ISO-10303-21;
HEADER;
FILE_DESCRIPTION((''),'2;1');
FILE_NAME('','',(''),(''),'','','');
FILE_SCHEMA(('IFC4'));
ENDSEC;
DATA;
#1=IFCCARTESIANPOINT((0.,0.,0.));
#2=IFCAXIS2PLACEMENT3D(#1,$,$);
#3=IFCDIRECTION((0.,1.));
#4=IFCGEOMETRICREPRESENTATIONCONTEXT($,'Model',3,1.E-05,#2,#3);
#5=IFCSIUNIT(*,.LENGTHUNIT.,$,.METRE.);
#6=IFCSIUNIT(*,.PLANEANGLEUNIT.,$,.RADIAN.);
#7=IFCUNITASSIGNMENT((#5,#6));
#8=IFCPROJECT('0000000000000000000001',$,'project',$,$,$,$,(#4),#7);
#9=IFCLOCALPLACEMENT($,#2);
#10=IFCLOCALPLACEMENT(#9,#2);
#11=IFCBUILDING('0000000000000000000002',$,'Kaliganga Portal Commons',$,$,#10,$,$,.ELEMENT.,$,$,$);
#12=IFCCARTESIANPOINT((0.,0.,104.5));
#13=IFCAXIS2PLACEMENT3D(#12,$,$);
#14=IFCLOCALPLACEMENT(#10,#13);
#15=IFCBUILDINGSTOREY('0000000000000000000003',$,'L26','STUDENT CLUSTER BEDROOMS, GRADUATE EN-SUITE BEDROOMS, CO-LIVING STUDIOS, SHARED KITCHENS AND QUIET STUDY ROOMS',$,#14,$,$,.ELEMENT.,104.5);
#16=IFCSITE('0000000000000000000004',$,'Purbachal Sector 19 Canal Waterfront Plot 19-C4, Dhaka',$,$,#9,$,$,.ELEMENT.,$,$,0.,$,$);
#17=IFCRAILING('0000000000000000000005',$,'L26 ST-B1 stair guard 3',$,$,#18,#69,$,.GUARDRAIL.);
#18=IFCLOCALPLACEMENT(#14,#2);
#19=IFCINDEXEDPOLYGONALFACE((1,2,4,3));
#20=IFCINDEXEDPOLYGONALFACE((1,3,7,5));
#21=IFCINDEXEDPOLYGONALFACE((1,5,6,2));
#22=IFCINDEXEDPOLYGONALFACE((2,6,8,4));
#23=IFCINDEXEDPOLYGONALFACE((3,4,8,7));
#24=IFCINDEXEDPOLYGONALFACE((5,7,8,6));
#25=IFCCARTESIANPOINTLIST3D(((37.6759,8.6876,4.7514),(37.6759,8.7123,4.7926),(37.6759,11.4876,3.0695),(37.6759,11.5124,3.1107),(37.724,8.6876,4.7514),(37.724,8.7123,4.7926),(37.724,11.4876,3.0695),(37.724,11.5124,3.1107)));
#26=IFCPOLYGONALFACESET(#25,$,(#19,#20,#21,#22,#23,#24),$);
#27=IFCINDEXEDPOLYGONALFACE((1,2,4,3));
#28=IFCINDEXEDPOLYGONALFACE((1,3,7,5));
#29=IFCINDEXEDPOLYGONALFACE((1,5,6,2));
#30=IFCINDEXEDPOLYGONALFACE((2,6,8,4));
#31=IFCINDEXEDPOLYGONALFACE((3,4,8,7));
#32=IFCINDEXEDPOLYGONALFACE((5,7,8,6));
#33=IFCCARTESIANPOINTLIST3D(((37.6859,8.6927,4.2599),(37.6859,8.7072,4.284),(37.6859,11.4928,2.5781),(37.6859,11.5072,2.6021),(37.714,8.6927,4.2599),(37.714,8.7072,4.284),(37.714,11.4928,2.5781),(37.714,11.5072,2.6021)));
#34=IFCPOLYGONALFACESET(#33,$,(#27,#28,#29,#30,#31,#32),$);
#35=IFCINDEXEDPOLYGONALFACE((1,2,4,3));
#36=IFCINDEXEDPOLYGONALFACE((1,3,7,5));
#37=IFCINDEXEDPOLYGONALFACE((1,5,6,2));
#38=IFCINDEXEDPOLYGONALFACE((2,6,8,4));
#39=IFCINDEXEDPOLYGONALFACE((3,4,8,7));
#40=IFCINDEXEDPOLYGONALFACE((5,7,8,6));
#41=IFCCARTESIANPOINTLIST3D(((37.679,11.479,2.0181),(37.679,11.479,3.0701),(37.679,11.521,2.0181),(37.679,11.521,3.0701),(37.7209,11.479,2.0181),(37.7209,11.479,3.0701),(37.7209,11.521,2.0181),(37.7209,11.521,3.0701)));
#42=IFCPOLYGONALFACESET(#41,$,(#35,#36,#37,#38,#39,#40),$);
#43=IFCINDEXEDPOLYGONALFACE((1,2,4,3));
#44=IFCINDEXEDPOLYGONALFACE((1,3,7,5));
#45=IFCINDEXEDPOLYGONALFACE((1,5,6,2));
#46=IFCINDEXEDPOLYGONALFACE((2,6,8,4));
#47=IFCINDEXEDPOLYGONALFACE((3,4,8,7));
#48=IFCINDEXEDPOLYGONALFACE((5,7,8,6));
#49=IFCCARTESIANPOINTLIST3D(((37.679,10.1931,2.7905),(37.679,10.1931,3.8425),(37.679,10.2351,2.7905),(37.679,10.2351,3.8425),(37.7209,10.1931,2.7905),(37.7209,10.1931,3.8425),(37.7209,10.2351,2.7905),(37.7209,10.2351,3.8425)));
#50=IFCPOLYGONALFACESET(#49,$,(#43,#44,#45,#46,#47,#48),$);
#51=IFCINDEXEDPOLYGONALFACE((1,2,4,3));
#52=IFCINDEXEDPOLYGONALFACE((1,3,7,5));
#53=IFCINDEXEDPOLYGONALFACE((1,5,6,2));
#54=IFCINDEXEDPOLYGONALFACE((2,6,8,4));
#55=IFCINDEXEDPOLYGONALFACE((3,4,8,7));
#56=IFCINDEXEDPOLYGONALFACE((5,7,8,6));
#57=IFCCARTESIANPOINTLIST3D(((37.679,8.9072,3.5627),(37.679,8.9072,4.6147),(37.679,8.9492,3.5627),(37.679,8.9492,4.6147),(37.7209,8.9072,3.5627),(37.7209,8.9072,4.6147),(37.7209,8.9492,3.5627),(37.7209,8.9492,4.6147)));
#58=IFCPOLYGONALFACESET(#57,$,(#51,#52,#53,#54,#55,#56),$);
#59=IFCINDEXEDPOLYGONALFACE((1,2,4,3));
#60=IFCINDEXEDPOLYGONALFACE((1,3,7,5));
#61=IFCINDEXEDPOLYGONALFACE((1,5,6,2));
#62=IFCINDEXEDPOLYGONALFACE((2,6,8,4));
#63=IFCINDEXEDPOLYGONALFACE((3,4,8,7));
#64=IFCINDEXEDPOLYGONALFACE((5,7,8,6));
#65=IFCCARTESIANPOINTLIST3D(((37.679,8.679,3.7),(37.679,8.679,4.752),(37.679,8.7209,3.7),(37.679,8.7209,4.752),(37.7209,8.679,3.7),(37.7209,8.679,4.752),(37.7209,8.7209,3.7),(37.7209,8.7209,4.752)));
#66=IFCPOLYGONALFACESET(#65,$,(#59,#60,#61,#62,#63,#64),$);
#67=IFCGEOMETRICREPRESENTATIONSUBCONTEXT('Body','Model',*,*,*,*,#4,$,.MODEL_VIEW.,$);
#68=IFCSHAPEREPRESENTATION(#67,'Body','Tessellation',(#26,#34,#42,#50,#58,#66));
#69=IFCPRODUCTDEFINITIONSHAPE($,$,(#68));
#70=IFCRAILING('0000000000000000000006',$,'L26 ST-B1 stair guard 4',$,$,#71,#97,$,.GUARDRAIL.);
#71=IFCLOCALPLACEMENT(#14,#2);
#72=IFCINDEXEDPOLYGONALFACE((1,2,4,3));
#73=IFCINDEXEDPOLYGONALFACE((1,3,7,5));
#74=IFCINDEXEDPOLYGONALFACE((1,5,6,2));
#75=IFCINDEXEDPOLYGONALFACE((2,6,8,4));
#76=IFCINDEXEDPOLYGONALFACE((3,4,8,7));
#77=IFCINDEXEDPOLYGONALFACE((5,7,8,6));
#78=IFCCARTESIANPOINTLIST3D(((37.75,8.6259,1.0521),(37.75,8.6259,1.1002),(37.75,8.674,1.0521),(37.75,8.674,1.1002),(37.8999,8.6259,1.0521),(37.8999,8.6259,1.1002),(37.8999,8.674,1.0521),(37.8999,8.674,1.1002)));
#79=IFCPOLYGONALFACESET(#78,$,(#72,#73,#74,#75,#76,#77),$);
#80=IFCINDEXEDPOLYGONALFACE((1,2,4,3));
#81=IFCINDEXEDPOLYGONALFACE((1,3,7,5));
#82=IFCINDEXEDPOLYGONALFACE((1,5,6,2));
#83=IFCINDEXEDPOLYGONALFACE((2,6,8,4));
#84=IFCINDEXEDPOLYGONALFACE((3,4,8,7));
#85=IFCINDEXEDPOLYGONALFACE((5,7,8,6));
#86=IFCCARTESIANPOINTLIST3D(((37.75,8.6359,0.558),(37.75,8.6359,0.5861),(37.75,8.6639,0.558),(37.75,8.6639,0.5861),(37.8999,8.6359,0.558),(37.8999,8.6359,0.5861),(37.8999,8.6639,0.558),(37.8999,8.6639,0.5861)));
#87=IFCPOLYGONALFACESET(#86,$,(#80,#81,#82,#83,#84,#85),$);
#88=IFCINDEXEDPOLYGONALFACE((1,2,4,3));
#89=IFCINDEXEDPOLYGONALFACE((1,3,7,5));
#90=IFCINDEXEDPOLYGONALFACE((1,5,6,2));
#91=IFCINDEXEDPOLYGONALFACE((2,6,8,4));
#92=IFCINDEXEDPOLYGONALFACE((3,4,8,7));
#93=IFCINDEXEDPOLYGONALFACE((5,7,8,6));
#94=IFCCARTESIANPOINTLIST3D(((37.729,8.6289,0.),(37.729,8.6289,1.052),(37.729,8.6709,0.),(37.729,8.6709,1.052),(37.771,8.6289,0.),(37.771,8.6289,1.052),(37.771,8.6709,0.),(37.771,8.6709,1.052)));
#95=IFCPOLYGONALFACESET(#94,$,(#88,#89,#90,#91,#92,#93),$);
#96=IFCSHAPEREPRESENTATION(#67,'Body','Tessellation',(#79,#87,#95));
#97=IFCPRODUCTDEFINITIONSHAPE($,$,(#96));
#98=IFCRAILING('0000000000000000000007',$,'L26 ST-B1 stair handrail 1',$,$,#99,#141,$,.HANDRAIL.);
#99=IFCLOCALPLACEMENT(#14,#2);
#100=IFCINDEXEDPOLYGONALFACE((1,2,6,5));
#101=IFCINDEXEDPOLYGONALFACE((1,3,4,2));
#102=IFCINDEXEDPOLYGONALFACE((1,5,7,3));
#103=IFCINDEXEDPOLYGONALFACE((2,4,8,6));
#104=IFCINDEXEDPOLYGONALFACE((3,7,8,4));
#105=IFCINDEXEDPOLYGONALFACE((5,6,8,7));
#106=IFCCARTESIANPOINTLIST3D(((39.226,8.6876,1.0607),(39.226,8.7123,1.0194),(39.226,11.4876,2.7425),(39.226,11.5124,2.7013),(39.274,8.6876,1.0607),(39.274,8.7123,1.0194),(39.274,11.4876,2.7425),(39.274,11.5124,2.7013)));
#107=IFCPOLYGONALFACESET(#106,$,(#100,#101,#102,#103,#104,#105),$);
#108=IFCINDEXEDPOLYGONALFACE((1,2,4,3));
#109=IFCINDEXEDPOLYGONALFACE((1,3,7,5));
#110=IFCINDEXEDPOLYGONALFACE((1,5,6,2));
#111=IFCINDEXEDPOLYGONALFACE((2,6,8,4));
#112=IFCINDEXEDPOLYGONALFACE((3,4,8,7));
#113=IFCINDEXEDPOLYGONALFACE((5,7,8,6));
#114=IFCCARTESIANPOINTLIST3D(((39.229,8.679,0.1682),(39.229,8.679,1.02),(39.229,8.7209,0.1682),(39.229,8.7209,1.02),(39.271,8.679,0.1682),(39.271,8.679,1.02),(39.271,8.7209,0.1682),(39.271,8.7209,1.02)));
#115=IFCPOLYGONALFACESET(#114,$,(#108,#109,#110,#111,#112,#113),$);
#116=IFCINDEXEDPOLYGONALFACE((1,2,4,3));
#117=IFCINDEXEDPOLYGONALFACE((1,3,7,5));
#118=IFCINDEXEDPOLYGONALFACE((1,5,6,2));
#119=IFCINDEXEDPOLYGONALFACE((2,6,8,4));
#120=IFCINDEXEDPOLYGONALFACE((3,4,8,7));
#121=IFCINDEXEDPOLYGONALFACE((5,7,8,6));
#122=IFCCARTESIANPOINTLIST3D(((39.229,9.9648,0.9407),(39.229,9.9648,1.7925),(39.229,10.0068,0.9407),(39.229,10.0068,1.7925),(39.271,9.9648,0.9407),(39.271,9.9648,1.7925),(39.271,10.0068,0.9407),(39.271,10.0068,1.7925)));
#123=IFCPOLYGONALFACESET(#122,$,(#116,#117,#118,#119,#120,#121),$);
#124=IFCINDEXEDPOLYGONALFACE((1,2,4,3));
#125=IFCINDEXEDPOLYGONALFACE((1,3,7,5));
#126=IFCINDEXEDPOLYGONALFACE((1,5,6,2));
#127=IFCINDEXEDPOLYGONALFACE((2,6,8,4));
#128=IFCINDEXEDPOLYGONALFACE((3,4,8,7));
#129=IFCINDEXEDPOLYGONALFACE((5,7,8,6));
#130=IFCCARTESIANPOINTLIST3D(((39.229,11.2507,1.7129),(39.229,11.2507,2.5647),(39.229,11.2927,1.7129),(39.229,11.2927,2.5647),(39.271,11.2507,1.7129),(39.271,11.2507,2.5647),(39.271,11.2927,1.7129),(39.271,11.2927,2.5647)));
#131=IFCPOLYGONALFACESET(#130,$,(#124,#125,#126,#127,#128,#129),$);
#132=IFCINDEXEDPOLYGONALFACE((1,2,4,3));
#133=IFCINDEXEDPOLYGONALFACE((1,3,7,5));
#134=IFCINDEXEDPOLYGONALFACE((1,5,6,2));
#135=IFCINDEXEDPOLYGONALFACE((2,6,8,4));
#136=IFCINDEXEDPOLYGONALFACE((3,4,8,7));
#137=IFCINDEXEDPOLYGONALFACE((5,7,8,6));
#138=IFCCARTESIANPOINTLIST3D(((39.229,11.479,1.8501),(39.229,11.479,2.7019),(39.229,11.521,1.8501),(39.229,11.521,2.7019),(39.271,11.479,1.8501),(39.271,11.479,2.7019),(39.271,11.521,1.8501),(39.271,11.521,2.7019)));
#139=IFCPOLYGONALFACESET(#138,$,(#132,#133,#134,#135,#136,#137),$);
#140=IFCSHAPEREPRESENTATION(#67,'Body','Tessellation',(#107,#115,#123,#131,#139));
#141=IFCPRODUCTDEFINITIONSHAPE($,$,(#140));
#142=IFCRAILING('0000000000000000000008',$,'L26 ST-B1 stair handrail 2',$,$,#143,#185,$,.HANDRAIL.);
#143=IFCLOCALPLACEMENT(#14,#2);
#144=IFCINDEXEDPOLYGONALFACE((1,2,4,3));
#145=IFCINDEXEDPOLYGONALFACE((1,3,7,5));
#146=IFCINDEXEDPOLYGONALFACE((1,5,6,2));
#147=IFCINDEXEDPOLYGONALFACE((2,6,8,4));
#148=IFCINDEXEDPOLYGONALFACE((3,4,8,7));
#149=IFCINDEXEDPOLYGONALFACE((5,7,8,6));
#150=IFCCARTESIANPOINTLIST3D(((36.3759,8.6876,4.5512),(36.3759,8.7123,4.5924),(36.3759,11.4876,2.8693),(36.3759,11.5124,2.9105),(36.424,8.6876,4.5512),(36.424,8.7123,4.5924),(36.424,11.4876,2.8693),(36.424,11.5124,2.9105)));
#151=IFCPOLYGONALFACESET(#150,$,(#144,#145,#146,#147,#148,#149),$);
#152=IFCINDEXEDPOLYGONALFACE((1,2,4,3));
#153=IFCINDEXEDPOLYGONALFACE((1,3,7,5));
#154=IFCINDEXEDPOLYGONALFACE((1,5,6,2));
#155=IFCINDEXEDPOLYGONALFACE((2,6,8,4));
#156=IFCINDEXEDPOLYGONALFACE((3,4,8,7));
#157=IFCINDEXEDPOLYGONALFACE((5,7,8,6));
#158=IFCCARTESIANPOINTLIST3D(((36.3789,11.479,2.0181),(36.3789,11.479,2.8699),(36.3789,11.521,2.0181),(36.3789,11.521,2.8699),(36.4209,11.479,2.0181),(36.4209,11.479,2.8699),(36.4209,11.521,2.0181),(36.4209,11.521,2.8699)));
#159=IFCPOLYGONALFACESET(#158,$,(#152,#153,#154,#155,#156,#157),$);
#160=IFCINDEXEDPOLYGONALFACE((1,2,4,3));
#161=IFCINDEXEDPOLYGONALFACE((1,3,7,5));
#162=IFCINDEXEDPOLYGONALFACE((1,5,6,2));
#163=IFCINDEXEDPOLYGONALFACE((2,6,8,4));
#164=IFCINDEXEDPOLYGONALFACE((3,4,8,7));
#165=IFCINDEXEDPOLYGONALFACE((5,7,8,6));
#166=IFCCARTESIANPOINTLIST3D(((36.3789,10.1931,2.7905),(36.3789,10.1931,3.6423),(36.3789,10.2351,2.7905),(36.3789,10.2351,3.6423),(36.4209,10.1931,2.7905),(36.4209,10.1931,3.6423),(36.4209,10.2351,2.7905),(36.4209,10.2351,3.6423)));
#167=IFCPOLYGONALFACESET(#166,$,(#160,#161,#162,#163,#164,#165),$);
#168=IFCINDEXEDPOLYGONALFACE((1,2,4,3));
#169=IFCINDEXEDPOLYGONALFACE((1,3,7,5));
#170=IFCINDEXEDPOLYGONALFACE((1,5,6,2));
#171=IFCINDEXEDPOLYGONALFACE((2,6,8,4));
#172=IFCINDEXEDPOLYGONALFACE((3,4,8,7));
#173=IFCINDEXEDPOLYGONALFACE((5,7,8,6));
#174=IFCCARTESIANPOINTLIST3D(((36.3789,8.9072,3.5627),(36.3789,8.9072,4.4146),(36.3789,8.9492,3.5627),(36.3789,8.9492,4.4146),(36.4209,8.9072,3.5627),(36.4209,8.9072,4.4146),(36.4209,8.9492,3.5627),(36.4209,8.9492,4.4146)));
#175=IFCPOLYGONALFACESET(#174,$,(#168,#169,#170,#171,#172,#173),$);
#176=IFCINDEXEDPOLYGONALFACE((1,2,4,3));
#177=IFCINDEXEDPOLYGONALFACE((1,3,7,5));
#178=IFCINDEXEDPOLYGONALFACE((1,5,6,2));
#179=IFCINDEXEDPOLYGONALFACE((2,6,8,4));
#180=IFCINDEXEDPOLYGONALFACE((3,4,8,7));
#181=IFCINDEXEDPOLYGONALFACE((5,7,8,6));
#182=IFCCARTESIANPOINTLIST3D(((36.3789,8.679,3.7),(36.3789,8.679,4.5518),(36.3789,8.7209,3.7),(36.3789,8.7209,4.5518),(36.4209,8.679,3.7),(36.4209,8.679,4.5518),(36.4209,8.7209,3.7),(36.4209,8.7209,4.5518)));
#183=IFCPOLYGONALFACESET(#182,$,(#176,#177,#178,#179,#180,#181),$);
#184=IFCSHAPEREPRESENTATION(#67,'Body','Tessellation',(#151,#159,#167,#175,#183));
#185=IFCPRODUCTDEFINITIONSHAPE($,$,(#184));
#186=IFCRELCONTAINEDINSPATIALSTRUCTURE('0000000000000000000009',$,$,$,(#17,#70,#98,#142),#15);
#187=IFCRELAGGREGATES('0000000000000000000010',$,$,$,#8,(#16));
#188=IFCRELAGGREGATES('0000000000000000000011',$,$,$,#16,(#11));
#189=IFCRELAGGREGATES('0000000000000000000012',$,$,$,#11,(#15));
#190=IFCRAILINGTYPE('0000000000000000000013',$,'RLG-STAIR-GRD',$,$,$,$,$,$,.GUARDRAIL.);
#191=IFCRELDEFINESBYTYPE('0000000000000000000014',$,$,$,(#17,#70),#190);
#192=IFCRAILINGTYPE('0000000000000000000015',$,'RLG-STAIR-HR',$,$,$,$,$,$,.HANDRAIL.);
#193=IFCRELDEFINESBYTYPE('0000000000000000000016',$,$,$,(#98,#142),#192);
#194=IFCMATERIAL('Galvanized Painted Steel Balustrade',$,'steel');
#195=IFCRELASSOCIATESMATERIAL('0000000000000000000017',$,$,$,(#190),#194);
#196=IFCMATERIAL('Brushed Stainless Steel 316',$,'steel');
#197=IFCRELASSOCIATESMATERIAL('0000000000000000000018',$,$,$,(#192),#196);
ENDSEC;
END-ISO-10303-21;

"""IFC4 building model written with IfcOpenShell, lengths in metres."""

from ifc_helpers import new_model, si_unit, direction, frame, origin, origin_2d, place, context, subcontext, project, spatial, rectangle, extrude, material, type_object, element, save


model = new_model("IFC4")

# Units and contexts
model_context = context("Model", 3, precision=1e-05, world=origin(), true_north=direction((0.0, 1.0)))
body_context = subcontext(model_context, "Body", "Model", "MODEL_VIEW")
ifc_project = project(units=[si_unit("LENGTHUNIT", "METRE"), si_unit("PLANEANGLEUNIT", "RADIAN")], contexts=[model_context])

# Site, building, storey
site_placement = place(None, origin())
site = spatial("IfcSite", under=ifc_project, at=site_placement, Name="Purbachal Sector 19 Canal Waterfront Plot 19-C4, Dhaka", CompositionType="ELEMENT", RefElevation=0.0)
building_placement = place(site_placement, origin())
building = spatial("IfcBuilding", under=site, at=building_placement, Name="Kaliganga Portal Commons", CompositionType="ELEMENT")
storey_placement = place(building_placement, frame((0.0, 0.0, 104.5)))
storey = spatial("IfcBuildingStorey", under=building, at=storey_placement, Name="L26", Description="STUDENT CLUSTER BEDROOMS, GRADUATE EN-SUITE BEDROOMS, CO-LIVING STUDIOS, SHARED KITCHENS AND QUIET STUDY ROOMS", CompositionType="ELEMENT", Elevation=104.5)

# Railings
ifc_material_1 = material(Name="Galvanized Painted Steel Balustrade", Category="steel")
railing_type_1 = type_object("IfcRailingType", Name="RLG-STAIR-GRD", PredefinedType="GUARDRAIL", material=ifc_material_1)
railing_1_placement = place(storey_placement, frame((37.7, 11.5, 2.0181)))
element("IfcRailing", 1, at=railing_1_placement, inside=storey, type_object=railing_type_1, Name="L26 ST-B1 stair guard 3", PredefinedType="GUARDRAIL", context=body_context, shape_type="SweptSolid", body=[
    extrude(rectangle(XDim=0.0481, YDim=0.0481, at=origin_2d()), frame((0.0, 0.0, 1.072), z_axis=(0.0, -0.857242, 0.514913), x_axis=(1.0, 0.0, 0.0)), (0.0, 0.0, 1.0), 3.2664),
    extrude(rectangle(XDim=0.0281, YDim=0.0281, at=origin_2d()), frame((0.0, 0.0, 0.572), z_axis=(0.0, -0.857242, 0.514913), x_axis=(1.0, 0.0, 0.0)), (0.0, 0.0, 1.0), 3.2664),
    extrude(rectangle(XDim=0.042, YDim=0.042, at=origin_2d()), origin(), (0.0, 0.0, 1.0), 1.052),
    extrude(rectangle(XDim=0.042, YDim=0.042, at=origin_2d()), frame((0.0, -1.2859, 0.7725)), (0.0, 0.0, 1.0), 1.052),
    extrude(rectangle(XDim=0.042, YDim=0.042, at=origin_2d()), frame((0.0, -2.5718, 1.5447)), (0.0, 0.0, 1.0), 1.052),
    extrude(rectangle(XDim=0.042, YDim=0.042, at=origin_2d()), frame((0.0, -2.8, 1.6819)), (0.0, 0.0, 1.0), 1.052),
])
railing_2_placement = place(storey_placement, frame((37.8999, 8.6499, 0.0)))
element("IfcRailing", 2, at=railing_2_placement, inside=storey, type_object=railing_type_1, Name="L26 ST-B1 stair guard 4", PredefinedType="GUARDRAIL", context=body_context, shape_type="SweptSolid", body=[
    extrude(rectangle(XDim=0.0481, YDim=0.0481, at=origin_2d()), frame((0.0, 0.0, 1.0762), z_axis=(-1.0, 0.0, 0.0), x_axis=(0.0, -1.0, 0.0)), (0.0, 0.0, 1.0), 0.1499),
    extrude(rectangle(XDim=0.0281, YDim=0.0281, at=origin_2d()), frame((0.0, 0.0, 0.572), z_axis=(-1.0, 0.0, 0.0), x_axis=(0.0, -1.0, 0.0)), (0.0, 0.0, 1.0), 0.1499),
    extrude(rectangle(XDim=0.042, YDim=0.042, at=origin_2d()), frame((-0.1499, 0.0, 0.0)), (0.0, 0.0, 1.0), 1.052),
])
ifc_material_2 = material(Name="Brushed Stainless Steel 316", Category="steel")
railing_type_2 = type_object("IfcRailingType", Name="RLG-STAIR-HR", PredefinedType="HANDRAIL", material=ifc_material_2)
railing_3_placement = place(storey_placement, frame((39.25, 8.7, 0.1682)))
element("IfcRailing", 3, at=railing_3_placement, inside=storey, type_object=railing_type_2, Name="L26 ST-B1 stair handrail 1", PredefinedType="HANDRAIL", context=body_context, shape_type="SweptSolid", body=[
    extrude(rectangle(XDim=0.0481, YDim=0.0481, at=origin_2d()), frame((0.0, 0.0, 0.8718), z_axis=(0.0, 0.857242, 0.514913), x_axis=(-1.0, 0.0, 0.0)), (0.0, 0.0, 1.0), 3.2664),
    extrude(rectangle(XDim=0.042, YDim=0.042, at=origin_2d()), origin(), (0.0, 0.0, 1.0), 0.8518),
    extrude(rectangle(XDim=0.042, YDim=0.042, at=origin_2d()), frame((0.0, 1.2859, 0.7725)), (0.0, 0.0, 1.0), 0.8518),
    extrude(rectangle(XDim=0.042, YDim=0.042, at=origin_2d()), frame((0.0, 2.5718, 1.5447)), (0.0, 0.0, 1.0), 0.8518),
    extrude(rectangle(XDim=0.042, YDim=0.042, at=origin_2d()), frame((0.0, 2.8, 1.6819)), (0.0, 0.0, 1.0), 0.8518),
])
railing_4_placement = place(storey_placement, frame((36.3999, 11.5, 2.0181)))
element("IfcRailing", 4, at=railing_4_placement, inside=storey, type_object=railing_type_2, Name="L26 ST-B1 stair handrail 2", PredefinedType="HANDRAIL", context=body_context, shape_type="SweptSolid", body=[
    extrude(rectangle(XDim=0.0481, YDim=0.0481, at=origin_2d()), frame((0.0, 0.0, 0.8718), z_axis=(0.0, -0.857242, 0.514913), x_axis=(1.0, 0.0, 0.0)), (0.0, 0.0, 1.0), 3.2664),
    extrude(rectangle(XDim=0.042, YDim=0.042, at=origin_2d()), origin(), (0.0, 0.0, 1.0), 0.8518),
    extrude(rectangle(XDim=0.042, YDim=0.042, at=origin_2d()), frame((0.0, -1.2859, 0.7725)), (0.0, 0.0, 1.0), 0.8518),
    extrude(rectangle(XDim=0.042, YDim=0.042, at=origin_2d()), frame((0.0, -2.5718, 1.5447)), (0.0, 0.0, 1.0), 0.8518),
    extrude(rectangle(XDim=0.042, YDim=0.042, at=origin_2d()), frame((0.0, -2.8, 1.6819)), (0.0, 0.0, 1.0), 0.8518),
])

save(model, "model.ifc")
